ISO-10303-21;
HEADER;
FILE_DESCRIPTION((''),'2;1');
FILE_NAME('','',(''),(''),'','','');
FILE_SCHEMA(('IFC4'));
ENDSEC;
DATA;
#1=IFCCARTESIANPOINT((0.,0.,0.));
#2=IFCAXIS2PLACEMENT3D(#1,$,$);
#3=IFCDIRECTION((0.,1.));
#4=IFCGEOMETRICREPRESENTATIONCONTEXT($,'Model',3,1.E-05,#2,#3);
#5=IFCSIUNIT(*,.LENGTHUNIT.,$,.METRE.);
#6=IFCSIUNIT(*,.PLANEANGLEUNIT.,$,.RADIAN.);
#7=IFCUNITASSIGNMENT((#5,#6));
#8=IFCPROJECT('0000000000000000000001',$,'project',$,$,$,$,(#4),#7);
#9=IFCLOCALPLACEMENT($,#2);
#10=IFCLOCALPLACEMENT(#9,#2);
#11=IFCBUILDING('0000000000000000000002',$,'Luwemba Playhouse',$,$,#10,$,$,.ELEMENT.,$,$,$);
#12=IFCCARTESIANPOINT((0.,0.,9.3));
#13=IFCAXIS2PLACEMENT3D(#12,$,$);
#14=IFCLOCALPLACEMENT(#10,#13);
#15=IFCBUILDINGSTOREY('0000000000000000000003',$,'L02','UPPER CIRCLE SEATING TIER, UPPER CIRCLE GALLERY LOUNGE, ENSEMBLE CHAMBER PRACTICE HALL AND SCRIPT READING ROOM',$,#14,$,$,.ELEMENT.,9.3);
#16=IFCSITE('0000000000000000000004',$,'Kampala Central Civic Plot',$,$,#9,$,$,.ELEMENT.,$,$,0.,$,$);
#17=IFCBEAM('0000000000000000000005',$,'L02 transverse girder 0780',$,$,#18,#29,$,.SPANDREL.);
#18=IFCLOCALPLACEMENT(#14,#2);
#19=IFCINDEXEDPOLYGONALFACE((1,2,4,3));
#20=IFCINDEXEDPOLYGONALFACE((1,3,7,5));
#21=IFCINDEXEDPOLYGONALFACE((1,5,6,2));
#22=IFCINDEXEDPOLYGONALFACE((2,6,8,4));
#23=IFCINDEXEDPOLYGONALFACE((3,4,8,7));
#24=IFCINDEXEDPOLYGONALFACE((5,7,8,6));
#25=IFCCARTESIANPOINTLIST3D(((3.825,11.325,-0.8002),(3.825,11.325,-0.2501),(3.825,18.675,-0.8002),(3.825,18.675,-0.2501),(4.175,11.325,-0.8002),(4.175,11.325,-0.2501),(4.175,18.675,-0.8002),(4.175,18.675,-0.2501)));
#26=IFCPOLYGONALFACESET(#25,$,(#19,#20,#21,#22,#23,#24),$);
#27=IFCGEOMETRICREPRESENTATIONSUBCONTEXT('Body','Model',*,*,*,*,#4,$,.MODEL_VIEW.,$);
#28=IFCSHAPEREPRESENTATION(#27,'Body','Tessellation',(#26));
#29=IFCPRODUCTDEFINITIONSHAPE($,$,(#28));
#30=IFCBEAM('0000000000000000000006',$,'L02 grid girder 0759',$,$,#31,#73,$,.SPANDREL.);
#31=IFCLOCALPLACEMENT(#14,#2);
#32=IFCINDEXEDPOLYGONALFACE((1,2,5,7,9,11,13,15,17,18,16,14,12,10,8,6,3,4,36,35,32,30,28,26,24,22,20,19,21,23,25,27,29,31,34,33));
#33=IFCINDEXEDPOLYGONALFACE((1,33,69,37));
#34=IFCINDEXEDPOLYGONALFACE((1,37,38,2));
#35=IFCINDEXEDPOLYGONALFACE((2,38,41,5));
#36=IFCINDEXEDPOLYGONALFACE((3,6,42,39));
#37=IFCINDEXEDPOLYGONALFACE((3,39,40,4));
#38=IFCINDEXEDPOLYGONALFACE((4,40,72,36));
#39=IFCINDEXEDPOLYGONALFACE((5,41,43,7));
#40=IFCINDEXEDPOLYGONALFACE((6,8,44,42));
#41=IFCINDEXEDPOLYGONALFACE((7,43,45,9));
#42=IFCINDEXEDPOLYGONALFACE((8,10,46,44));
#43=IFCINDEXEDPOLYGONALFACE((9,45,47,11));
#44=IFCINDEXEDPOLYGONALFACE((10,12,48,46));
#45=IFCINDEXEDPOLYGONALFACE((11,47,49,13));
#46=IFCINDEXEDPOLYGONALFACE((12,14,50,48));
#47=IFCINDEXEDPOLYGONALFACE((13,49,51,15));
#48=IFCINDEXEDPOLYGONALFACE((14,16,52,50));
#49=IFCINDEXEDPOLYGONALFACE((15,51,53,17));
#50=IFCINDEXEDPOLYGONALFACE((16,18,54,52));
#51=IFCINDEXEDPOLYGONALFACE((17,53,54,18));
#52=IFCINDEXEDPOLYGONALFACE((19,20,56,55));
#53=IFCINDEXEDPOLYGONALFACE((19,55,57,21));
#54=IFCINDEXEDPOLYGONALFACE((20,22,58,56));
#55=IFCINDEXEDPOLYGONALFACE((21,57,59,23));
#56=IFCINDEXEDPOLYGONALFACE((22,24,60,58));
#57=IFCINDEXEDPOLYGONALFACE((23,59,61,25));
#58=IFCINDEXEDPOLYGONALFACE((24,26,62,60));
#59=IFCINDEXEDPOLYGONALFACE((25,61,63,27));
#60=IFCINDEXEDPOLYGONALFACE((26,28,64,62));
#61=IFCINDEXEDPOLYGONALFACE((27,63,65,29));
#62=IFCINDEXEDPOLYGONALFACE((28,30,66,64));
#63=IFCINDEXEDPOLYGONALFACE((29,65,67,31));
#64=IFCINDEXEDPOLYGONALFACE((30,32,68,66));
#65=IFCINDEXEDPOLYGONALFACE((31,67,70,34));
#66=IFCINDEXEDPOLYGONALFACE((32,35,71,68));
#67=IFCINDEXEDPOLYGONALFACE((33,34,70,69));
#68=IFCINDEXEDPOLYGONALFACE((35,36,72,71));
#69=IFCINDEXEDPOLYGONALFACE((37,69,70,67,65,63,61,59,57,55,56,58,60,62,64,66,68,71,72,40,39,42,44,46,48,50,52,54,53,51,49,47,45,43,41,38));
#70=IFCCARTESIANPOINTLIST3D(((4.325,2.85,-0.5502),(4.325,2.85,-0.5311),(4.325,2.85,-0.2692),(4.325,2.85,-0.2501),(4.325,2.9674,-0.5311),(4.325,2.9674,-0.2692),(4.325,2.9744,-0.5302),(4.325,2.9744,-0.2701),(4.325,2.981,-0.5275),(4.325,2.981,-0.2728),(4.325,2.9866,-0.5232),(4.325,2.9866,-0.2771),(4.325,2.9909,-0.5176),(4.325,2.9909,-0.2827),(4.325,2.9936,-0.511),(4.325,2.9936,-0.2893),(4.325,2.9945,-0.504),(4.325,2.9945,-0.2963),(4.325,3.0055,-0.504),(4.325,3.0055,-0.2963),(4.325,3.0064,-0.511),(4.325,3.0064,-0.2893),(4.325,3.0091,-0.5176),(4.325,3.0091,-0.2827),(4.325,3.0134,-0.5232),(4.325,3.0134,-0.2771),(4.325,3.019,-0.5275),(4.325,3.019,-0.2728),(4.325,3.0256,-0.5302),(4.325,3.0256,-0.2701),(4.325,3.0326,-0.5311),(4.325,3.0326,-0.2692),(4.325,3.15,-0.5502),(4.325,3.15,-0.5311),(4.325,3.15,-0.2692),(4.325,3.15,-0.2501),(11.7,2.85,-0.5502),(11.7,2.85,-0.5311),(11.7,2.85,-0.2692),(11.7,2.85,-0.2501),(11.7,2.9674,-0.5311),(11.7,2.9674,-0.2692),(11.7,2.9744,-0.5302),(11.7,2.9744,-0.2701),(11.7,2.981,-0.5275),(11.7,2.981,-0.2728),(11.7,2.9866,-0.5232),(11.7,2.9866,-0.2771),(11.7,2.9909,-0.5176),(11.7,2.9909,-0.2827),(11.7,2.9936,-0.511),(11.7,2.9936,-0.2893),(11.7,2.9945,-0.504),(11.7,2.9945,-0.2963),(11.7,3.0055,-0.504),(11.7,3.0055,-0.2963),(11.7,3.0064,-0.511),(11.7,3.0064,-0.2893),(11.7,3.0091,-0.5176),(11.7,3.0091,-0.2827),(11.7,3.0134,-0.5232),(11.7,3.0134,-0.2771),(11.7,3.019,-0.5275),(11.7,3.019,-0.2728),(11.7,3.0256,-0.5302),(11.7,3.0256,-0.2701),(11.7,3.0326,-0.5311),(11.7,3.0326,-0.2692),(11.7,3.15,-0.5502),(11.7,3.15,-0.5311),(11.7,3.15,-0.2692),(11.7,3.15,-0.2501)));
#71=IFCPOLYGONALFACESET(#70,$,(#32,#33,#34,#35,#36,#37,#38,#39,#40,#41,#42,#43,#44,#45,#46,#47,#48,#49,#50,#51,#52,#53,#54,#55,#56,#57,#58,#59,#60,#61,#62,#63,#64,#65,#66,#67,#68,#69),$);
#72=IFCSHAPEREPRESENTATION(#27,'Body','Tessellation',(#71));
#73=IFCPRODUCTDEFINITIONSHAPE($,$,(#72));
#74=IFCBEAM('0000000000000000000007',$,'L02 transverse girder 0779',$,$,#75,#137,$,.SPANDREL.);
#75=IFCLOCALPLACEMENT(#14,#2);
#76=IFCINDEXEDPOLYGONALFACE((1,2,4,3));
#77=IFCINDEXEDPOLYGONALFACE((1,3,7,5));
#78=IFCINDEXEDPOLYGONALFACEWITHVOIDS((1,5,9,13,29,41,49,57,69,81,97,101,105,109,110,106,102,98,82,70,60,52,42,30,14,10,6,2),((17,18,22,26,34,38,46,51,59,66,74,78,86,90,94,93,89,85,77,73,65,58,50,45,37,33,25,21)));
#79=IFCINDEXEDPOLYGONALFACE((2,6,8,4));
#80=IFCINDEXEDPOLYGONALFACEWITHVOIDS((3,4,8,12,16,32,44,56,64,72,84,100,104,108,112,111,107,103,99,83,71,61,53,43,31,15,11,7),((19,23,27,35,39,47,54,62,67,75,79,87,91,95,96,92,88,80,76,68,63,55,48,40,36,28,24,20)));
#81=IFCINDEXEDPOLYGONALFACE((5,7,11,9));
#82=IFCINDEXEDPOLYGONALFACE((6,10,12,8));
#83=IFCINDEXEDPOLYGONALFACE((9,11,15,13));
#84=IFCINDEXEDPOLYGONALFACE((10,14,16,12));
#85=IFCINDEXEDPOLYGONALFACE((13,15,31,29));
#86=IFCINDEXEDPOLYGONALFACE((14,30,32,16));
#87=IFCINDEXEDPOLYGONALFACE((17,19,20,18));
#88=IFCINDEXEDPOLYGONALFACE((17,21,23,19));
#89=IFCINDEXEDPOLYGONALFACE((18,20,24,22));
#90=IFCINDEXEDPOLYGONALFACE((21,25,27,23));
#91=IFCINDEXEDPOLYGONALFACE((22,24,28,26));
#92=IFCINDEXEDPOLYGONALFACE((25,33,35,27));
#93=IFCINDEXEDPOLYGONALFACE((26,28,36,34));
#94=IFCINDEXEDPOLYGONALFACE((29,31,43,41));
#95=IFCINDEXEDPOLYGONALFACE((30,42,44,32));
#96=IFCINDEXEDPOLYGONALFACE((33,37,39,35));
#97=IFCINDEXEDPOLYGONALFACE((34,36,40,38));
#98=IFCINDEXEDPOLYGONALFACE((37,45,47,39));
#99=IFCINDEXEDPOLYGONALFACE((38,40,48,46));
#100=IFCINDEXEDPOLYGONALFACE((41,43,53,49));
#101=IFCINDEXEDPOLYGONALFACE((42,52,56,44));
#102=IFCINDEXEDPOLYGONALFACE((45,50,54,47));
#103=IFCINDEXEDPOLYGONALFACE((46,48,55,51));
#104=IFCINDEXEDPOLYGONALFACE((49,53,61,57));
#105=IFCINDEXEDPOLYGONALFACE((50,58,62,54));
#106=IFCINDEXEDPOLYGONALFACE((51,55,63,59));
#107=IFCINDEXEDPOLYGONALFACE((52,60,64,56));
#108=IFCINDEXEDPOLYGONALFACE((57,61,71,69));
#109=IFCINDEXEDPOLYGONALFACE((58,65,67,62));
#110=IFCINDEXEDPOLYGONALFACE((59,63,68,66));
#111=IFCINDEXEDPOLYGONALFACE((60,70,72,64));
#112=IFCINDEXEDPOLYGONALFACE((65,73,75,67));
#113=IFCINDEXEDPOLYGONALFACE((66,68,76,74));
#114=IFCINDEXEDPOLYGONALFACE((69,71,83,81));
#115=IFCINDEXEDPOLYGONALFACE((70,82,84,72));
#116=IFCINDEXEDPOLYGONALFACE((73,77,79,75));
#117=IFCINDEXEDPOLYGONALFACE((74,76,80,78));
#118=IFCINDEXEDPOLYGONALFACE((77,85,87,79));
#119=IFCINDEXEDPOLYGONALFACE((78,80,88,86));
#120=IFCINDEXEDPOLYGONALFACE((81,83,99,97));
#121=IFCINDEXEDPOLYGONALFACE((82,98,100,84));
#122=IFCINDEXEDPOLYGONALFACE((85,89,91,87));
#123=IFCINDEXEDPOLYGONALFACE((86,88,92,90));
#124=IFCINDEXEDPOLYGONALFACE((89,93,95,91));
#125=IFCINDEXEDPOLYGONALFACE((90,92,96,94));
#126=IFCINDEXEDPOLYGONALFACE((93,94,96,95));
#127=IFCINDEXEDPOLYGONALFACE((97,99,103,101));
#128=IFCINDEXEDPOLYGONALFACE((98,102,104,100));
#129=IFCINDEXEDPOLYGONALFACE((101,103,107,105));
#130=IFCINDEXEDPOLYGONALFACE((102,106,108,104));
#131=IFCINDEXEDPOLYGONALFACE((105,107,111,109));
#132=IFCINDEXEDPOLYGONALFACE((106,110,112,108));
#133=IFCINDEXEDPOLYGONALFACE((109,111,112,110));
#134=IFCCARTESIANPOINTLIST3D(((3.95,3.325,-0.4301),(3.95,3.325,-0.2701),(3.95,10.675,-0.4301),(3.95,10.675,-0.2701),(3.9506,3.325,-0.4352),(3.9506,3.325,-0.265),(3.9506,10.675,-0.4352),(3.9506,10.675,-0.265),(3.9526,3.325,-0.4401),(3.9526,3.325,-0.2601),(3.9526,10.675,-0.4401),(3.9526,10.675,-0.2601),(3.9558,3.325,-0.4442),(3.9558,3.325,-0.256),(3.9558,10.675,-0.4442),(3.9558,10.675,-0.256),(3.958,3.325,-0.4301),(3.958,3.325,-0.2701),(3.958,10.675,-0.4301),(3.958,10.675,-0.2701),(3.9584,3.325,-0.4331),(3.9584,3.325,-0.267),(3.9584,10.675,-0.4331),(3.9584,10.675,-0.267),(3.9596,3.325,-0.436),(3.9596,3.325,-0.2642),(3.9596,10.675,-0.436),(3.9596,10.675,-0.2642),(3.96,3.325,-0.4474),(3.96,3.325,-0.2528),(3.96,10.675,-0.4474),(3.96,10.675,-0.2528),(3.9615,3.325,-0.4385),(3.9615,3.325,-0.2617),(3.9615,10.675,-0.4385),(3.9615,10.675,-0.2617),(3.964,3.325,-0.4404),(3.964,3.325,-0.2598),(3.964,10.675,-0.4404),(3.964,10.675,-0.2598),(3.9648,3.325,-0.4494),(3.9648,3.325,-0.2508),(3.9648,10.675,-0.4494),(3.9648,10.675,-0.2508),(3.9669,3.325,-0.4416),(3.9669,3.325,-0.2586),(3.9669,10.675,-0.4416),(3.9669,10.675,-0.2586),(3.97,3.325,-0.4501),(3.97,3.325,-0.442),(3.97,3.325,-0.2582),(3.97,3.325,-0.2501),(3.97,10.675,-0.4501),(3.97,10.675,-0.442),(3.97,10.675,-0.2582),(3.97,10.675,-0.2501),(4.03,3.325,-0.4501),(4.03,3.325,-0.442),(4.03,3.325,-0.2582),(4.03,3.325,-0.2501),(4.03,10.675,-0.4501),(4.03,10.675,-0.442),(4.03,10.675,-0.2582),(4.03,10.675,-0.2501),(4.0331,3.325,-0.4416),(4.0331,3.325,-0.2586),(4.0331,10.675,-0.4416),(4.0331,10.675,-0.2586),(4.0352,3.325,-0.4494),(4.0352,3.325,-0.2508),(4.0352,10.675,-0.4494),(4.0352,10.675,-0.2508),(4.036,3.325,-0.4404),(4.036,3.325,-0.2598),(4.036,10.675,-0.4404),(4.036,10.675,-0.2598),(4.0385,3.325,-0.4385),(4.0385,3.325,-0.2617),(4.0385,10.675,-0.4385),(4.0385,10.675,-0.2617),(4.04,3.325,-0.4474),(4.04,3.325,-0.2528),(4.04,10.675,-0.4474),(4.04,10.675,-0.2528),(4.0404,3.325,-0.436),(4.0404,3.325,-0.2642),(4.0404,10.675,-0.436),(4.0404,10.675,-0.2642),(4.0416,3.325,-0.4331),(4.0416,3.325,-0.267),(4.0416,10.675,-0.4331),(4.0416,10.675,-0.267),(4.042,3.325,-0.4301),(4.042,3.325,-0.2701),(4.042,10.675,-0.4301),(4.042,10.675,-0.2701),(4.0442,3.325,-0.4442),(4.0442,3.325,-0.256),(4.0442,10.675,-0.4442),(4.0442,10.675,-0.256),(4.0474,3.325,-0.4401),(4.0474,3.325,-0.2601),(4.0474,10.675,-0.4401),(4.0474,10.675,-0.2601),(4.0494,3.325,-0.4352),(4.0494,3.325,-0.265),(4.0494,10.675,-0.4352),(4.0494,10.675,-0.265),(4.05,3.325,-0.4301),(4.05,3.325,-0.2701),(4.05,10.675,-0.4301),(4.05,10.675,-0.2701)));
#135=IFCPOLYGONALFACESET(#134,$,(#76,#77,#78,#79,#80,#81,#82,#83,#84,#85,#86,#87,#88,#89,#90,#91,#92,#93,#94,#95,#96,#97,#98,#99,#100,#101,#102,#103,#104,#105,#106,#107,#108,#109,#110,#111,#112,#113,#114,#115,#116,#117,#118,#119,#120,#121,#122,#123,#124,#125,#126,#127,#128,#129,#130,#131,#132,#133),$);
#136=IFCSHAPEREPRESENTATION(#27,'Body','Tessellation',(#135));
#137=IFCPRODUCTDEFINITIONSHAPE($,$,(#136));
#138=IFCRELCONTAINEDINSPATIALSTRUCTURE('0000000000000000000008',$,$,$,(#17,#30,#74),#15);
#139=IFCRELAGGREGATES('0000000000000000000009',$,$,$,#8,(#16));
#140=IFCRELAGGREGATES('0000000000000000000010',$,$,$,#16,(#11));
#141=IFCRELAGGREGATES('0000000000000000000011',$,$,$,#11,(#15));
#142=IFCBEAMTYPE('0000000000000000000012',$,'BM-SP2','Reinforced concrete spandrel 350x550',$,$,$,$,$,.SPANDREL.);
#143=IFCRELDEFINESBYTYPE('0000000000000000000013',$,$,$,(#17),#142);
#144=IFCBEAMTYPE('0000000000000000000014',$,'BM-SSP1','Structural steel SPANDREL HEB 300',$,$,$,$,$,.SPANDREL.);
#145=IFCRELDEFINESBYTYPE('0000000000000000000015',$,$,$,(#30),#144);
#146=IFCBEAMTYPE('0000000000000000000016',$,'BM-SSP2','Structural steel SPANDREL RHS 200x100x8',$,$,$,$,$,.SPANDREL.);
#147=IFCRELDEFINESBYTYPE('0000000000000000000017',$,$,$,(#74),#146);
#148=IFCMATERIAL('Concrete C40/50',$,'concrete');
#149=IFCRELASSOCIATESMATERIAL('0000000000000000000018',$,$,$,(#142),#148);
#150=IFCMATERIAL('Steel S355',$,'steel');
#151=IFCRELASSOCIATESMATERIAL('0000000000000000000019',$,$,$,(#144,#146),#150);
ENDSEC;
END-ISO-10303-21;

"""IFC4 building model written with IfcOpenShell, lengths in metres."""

from ifc_helpers import new_model, si_unit, direction, frame, origin, origin_2d, place, context, subcontext, project, spatial, rectangle, hollow_rectangle, i_section, extrude, material, material_profile, profile_set, type_object, element, save


model = new_model("IFC4")

# Units and contexts
model_context = context("Model", 3, precision=1e-05, world=origin(), true_north=direction((0.0, 1.0)))
body_context = subcontext(model_context, "Body", "Model", "MODEL_VIEW")
ifc_project = project(units=[si_unit("LENGTHUNIT", "METRE"), si_unit("PLANEANGLEUNIT", "RADIAN")], contexts=[model_context])

# Site, building, storey
site_placement = place(None, origin())
site = spatial("IfcSite", under=ifc_project, at=site_placement, Name="Kampala Central Civic Plot", CompositionType="ELEMENT", RefElevation=0.0)
building_placement = place(site_placement, origin())
building = spatial("IfcBuilding", under=site, at=building_placement, Name="Luwemba Playhouse", CompositionType="ELEMENT")
storey_placement = place(building_placement, frame((0.0, 0.0, 9.3)))
storey = spatial("IfcBuildingStorey", under=building, at=storey_placement, Name="L02", Description="UPPER CIRCLE SEATING TIER, UPPER CIRCLE GALLERY LOUNGE, ENSEMBLE CHAMBER PRACTICE HALL AND SCRIPT READING ROOM", CompositionType="ELEMENT", Elevation=9.3)

# Shared definitions
ifc_material_1 = material(Name="Concrete C40/50", Category="concrete")
ifc_material_2 = material(Name="Steel S355", Category="steel")

# Beams
ifc_material_profile_1 = material_profile(ifc_material_1, rectangle(XDim=0.3501, YDim=0.55, at=origin_2d()))
ifc_profile_set_1 = profile_set([ifc_material_profile_1], Name="Concrete C40/50")
beam_type_1 = type_object("IfcBeamType", Name="BM-SP2", Description="Reinforced concrete spandrel 350x550", PredefinedType="SPANDREL", material=ifc_profile_set_1)
beam_1_placement = place(storey_placement, frame((4.0, 11.325, -0.5251), z_axis=(0.0, 1.0, 0.0), x_axis=(-1.0, 0.0, 0.0)))
element("IfcBeam", 1, at=beam_1_placement, inside=storey, type_object=beam_type_1, Name="L02 transverse girder 0780", PredefinedType="SPANDREL", context=body_context, shape_type="SweptSolid", body=[
    extrude(rectangle(XDim=0.3501, YDim=0.55, at=origin_2d()), origin(), (0.0, 0.0, 1.0), 7.3501),
])
ifc_material_profile_2 = material_profile(ifc_material_2, i_section(OverallWidth=0.3, OverallDepth=0.3, WebThickness=0.011, FlangeThickness=0.019, FilletRadius=0.0271, at=origin_2d()))
ifc_profile_set_2 = profile_set([ifc_material_profile_2], Name="Steel S355")
beam_type_2 = type_object("IfcBeamType", Name="BM-SSP1", Description="Structural steel SPANDREL HEB 300", PredefinedType="SPANDREL", material=ifc_profile_set_2)
beam_2_placement = place(storey_placement, frame((4.325, 3.0, -0.4001), z_axis=(1.0, 0.0, 0.0), x_axis=(0.0, 1.0, 0.0)))
element("IfcBeam", 2, at=beam_2_placement, inside=storey, type_object=beam_type_2, Name="L02 grid girder 0759", PredefinedType="SPANDREL", context=body_context, shape_type="SweptSolid", body=[
    extrude(i_section(OverallWidth=0.3, OverallDepth=0.3, WebThickness=0.011, FlangeThickness=0.019, FilletRadius=0.0271, at=origin_2d()), origin(), (0.0, 0.0, 1.0), 7.375),
])
ifc_material_profile_3 = material_profile(ifc_material_2, hollow_rectangle(XDim=0.1001, YDim=0.2, WallThickness=0.0081, InnerFilletRadius=0.012, OuterFilletRadius=0.02, at=origin_2d()))
ifc_profile_set_3 = profile_set([ifc_material_profile_3], Name="Steel S355")
beam_type_3 = type_object("IfcBeamType", Name="BM-SSP2", Description="Structural steel SPANDREL RHS 200x100x8", PredefinedType="SPANDREL", material=ifc_profile_set_3)
beam_3_placement = place(storey_placement, frame((4.0, 3.325, -0.3501), z_axis=(0.0, 1.0, 0.0), x_axis=(-1.0, 0.0, 0.0)))
element("IfcBeam", 3, at=beam_3_placement, inside=storey, type_object=beam_type_3, Name="L02 transverse girder 0779", PredefinedType="SPANDREL", context=body_context, shape_type="SweptSolid", body=[
    extrude(hollow_rectangle(XDim=0.1001, YDim=0.2, WallThickness=0.0081, InnerFilletRadius=0.012, OuterFilletRadius=0.02, at=origin_2d()), origin(), (0.0, 0.0, 1.0), 7.3501),
])

save(model, "model.ifc")
